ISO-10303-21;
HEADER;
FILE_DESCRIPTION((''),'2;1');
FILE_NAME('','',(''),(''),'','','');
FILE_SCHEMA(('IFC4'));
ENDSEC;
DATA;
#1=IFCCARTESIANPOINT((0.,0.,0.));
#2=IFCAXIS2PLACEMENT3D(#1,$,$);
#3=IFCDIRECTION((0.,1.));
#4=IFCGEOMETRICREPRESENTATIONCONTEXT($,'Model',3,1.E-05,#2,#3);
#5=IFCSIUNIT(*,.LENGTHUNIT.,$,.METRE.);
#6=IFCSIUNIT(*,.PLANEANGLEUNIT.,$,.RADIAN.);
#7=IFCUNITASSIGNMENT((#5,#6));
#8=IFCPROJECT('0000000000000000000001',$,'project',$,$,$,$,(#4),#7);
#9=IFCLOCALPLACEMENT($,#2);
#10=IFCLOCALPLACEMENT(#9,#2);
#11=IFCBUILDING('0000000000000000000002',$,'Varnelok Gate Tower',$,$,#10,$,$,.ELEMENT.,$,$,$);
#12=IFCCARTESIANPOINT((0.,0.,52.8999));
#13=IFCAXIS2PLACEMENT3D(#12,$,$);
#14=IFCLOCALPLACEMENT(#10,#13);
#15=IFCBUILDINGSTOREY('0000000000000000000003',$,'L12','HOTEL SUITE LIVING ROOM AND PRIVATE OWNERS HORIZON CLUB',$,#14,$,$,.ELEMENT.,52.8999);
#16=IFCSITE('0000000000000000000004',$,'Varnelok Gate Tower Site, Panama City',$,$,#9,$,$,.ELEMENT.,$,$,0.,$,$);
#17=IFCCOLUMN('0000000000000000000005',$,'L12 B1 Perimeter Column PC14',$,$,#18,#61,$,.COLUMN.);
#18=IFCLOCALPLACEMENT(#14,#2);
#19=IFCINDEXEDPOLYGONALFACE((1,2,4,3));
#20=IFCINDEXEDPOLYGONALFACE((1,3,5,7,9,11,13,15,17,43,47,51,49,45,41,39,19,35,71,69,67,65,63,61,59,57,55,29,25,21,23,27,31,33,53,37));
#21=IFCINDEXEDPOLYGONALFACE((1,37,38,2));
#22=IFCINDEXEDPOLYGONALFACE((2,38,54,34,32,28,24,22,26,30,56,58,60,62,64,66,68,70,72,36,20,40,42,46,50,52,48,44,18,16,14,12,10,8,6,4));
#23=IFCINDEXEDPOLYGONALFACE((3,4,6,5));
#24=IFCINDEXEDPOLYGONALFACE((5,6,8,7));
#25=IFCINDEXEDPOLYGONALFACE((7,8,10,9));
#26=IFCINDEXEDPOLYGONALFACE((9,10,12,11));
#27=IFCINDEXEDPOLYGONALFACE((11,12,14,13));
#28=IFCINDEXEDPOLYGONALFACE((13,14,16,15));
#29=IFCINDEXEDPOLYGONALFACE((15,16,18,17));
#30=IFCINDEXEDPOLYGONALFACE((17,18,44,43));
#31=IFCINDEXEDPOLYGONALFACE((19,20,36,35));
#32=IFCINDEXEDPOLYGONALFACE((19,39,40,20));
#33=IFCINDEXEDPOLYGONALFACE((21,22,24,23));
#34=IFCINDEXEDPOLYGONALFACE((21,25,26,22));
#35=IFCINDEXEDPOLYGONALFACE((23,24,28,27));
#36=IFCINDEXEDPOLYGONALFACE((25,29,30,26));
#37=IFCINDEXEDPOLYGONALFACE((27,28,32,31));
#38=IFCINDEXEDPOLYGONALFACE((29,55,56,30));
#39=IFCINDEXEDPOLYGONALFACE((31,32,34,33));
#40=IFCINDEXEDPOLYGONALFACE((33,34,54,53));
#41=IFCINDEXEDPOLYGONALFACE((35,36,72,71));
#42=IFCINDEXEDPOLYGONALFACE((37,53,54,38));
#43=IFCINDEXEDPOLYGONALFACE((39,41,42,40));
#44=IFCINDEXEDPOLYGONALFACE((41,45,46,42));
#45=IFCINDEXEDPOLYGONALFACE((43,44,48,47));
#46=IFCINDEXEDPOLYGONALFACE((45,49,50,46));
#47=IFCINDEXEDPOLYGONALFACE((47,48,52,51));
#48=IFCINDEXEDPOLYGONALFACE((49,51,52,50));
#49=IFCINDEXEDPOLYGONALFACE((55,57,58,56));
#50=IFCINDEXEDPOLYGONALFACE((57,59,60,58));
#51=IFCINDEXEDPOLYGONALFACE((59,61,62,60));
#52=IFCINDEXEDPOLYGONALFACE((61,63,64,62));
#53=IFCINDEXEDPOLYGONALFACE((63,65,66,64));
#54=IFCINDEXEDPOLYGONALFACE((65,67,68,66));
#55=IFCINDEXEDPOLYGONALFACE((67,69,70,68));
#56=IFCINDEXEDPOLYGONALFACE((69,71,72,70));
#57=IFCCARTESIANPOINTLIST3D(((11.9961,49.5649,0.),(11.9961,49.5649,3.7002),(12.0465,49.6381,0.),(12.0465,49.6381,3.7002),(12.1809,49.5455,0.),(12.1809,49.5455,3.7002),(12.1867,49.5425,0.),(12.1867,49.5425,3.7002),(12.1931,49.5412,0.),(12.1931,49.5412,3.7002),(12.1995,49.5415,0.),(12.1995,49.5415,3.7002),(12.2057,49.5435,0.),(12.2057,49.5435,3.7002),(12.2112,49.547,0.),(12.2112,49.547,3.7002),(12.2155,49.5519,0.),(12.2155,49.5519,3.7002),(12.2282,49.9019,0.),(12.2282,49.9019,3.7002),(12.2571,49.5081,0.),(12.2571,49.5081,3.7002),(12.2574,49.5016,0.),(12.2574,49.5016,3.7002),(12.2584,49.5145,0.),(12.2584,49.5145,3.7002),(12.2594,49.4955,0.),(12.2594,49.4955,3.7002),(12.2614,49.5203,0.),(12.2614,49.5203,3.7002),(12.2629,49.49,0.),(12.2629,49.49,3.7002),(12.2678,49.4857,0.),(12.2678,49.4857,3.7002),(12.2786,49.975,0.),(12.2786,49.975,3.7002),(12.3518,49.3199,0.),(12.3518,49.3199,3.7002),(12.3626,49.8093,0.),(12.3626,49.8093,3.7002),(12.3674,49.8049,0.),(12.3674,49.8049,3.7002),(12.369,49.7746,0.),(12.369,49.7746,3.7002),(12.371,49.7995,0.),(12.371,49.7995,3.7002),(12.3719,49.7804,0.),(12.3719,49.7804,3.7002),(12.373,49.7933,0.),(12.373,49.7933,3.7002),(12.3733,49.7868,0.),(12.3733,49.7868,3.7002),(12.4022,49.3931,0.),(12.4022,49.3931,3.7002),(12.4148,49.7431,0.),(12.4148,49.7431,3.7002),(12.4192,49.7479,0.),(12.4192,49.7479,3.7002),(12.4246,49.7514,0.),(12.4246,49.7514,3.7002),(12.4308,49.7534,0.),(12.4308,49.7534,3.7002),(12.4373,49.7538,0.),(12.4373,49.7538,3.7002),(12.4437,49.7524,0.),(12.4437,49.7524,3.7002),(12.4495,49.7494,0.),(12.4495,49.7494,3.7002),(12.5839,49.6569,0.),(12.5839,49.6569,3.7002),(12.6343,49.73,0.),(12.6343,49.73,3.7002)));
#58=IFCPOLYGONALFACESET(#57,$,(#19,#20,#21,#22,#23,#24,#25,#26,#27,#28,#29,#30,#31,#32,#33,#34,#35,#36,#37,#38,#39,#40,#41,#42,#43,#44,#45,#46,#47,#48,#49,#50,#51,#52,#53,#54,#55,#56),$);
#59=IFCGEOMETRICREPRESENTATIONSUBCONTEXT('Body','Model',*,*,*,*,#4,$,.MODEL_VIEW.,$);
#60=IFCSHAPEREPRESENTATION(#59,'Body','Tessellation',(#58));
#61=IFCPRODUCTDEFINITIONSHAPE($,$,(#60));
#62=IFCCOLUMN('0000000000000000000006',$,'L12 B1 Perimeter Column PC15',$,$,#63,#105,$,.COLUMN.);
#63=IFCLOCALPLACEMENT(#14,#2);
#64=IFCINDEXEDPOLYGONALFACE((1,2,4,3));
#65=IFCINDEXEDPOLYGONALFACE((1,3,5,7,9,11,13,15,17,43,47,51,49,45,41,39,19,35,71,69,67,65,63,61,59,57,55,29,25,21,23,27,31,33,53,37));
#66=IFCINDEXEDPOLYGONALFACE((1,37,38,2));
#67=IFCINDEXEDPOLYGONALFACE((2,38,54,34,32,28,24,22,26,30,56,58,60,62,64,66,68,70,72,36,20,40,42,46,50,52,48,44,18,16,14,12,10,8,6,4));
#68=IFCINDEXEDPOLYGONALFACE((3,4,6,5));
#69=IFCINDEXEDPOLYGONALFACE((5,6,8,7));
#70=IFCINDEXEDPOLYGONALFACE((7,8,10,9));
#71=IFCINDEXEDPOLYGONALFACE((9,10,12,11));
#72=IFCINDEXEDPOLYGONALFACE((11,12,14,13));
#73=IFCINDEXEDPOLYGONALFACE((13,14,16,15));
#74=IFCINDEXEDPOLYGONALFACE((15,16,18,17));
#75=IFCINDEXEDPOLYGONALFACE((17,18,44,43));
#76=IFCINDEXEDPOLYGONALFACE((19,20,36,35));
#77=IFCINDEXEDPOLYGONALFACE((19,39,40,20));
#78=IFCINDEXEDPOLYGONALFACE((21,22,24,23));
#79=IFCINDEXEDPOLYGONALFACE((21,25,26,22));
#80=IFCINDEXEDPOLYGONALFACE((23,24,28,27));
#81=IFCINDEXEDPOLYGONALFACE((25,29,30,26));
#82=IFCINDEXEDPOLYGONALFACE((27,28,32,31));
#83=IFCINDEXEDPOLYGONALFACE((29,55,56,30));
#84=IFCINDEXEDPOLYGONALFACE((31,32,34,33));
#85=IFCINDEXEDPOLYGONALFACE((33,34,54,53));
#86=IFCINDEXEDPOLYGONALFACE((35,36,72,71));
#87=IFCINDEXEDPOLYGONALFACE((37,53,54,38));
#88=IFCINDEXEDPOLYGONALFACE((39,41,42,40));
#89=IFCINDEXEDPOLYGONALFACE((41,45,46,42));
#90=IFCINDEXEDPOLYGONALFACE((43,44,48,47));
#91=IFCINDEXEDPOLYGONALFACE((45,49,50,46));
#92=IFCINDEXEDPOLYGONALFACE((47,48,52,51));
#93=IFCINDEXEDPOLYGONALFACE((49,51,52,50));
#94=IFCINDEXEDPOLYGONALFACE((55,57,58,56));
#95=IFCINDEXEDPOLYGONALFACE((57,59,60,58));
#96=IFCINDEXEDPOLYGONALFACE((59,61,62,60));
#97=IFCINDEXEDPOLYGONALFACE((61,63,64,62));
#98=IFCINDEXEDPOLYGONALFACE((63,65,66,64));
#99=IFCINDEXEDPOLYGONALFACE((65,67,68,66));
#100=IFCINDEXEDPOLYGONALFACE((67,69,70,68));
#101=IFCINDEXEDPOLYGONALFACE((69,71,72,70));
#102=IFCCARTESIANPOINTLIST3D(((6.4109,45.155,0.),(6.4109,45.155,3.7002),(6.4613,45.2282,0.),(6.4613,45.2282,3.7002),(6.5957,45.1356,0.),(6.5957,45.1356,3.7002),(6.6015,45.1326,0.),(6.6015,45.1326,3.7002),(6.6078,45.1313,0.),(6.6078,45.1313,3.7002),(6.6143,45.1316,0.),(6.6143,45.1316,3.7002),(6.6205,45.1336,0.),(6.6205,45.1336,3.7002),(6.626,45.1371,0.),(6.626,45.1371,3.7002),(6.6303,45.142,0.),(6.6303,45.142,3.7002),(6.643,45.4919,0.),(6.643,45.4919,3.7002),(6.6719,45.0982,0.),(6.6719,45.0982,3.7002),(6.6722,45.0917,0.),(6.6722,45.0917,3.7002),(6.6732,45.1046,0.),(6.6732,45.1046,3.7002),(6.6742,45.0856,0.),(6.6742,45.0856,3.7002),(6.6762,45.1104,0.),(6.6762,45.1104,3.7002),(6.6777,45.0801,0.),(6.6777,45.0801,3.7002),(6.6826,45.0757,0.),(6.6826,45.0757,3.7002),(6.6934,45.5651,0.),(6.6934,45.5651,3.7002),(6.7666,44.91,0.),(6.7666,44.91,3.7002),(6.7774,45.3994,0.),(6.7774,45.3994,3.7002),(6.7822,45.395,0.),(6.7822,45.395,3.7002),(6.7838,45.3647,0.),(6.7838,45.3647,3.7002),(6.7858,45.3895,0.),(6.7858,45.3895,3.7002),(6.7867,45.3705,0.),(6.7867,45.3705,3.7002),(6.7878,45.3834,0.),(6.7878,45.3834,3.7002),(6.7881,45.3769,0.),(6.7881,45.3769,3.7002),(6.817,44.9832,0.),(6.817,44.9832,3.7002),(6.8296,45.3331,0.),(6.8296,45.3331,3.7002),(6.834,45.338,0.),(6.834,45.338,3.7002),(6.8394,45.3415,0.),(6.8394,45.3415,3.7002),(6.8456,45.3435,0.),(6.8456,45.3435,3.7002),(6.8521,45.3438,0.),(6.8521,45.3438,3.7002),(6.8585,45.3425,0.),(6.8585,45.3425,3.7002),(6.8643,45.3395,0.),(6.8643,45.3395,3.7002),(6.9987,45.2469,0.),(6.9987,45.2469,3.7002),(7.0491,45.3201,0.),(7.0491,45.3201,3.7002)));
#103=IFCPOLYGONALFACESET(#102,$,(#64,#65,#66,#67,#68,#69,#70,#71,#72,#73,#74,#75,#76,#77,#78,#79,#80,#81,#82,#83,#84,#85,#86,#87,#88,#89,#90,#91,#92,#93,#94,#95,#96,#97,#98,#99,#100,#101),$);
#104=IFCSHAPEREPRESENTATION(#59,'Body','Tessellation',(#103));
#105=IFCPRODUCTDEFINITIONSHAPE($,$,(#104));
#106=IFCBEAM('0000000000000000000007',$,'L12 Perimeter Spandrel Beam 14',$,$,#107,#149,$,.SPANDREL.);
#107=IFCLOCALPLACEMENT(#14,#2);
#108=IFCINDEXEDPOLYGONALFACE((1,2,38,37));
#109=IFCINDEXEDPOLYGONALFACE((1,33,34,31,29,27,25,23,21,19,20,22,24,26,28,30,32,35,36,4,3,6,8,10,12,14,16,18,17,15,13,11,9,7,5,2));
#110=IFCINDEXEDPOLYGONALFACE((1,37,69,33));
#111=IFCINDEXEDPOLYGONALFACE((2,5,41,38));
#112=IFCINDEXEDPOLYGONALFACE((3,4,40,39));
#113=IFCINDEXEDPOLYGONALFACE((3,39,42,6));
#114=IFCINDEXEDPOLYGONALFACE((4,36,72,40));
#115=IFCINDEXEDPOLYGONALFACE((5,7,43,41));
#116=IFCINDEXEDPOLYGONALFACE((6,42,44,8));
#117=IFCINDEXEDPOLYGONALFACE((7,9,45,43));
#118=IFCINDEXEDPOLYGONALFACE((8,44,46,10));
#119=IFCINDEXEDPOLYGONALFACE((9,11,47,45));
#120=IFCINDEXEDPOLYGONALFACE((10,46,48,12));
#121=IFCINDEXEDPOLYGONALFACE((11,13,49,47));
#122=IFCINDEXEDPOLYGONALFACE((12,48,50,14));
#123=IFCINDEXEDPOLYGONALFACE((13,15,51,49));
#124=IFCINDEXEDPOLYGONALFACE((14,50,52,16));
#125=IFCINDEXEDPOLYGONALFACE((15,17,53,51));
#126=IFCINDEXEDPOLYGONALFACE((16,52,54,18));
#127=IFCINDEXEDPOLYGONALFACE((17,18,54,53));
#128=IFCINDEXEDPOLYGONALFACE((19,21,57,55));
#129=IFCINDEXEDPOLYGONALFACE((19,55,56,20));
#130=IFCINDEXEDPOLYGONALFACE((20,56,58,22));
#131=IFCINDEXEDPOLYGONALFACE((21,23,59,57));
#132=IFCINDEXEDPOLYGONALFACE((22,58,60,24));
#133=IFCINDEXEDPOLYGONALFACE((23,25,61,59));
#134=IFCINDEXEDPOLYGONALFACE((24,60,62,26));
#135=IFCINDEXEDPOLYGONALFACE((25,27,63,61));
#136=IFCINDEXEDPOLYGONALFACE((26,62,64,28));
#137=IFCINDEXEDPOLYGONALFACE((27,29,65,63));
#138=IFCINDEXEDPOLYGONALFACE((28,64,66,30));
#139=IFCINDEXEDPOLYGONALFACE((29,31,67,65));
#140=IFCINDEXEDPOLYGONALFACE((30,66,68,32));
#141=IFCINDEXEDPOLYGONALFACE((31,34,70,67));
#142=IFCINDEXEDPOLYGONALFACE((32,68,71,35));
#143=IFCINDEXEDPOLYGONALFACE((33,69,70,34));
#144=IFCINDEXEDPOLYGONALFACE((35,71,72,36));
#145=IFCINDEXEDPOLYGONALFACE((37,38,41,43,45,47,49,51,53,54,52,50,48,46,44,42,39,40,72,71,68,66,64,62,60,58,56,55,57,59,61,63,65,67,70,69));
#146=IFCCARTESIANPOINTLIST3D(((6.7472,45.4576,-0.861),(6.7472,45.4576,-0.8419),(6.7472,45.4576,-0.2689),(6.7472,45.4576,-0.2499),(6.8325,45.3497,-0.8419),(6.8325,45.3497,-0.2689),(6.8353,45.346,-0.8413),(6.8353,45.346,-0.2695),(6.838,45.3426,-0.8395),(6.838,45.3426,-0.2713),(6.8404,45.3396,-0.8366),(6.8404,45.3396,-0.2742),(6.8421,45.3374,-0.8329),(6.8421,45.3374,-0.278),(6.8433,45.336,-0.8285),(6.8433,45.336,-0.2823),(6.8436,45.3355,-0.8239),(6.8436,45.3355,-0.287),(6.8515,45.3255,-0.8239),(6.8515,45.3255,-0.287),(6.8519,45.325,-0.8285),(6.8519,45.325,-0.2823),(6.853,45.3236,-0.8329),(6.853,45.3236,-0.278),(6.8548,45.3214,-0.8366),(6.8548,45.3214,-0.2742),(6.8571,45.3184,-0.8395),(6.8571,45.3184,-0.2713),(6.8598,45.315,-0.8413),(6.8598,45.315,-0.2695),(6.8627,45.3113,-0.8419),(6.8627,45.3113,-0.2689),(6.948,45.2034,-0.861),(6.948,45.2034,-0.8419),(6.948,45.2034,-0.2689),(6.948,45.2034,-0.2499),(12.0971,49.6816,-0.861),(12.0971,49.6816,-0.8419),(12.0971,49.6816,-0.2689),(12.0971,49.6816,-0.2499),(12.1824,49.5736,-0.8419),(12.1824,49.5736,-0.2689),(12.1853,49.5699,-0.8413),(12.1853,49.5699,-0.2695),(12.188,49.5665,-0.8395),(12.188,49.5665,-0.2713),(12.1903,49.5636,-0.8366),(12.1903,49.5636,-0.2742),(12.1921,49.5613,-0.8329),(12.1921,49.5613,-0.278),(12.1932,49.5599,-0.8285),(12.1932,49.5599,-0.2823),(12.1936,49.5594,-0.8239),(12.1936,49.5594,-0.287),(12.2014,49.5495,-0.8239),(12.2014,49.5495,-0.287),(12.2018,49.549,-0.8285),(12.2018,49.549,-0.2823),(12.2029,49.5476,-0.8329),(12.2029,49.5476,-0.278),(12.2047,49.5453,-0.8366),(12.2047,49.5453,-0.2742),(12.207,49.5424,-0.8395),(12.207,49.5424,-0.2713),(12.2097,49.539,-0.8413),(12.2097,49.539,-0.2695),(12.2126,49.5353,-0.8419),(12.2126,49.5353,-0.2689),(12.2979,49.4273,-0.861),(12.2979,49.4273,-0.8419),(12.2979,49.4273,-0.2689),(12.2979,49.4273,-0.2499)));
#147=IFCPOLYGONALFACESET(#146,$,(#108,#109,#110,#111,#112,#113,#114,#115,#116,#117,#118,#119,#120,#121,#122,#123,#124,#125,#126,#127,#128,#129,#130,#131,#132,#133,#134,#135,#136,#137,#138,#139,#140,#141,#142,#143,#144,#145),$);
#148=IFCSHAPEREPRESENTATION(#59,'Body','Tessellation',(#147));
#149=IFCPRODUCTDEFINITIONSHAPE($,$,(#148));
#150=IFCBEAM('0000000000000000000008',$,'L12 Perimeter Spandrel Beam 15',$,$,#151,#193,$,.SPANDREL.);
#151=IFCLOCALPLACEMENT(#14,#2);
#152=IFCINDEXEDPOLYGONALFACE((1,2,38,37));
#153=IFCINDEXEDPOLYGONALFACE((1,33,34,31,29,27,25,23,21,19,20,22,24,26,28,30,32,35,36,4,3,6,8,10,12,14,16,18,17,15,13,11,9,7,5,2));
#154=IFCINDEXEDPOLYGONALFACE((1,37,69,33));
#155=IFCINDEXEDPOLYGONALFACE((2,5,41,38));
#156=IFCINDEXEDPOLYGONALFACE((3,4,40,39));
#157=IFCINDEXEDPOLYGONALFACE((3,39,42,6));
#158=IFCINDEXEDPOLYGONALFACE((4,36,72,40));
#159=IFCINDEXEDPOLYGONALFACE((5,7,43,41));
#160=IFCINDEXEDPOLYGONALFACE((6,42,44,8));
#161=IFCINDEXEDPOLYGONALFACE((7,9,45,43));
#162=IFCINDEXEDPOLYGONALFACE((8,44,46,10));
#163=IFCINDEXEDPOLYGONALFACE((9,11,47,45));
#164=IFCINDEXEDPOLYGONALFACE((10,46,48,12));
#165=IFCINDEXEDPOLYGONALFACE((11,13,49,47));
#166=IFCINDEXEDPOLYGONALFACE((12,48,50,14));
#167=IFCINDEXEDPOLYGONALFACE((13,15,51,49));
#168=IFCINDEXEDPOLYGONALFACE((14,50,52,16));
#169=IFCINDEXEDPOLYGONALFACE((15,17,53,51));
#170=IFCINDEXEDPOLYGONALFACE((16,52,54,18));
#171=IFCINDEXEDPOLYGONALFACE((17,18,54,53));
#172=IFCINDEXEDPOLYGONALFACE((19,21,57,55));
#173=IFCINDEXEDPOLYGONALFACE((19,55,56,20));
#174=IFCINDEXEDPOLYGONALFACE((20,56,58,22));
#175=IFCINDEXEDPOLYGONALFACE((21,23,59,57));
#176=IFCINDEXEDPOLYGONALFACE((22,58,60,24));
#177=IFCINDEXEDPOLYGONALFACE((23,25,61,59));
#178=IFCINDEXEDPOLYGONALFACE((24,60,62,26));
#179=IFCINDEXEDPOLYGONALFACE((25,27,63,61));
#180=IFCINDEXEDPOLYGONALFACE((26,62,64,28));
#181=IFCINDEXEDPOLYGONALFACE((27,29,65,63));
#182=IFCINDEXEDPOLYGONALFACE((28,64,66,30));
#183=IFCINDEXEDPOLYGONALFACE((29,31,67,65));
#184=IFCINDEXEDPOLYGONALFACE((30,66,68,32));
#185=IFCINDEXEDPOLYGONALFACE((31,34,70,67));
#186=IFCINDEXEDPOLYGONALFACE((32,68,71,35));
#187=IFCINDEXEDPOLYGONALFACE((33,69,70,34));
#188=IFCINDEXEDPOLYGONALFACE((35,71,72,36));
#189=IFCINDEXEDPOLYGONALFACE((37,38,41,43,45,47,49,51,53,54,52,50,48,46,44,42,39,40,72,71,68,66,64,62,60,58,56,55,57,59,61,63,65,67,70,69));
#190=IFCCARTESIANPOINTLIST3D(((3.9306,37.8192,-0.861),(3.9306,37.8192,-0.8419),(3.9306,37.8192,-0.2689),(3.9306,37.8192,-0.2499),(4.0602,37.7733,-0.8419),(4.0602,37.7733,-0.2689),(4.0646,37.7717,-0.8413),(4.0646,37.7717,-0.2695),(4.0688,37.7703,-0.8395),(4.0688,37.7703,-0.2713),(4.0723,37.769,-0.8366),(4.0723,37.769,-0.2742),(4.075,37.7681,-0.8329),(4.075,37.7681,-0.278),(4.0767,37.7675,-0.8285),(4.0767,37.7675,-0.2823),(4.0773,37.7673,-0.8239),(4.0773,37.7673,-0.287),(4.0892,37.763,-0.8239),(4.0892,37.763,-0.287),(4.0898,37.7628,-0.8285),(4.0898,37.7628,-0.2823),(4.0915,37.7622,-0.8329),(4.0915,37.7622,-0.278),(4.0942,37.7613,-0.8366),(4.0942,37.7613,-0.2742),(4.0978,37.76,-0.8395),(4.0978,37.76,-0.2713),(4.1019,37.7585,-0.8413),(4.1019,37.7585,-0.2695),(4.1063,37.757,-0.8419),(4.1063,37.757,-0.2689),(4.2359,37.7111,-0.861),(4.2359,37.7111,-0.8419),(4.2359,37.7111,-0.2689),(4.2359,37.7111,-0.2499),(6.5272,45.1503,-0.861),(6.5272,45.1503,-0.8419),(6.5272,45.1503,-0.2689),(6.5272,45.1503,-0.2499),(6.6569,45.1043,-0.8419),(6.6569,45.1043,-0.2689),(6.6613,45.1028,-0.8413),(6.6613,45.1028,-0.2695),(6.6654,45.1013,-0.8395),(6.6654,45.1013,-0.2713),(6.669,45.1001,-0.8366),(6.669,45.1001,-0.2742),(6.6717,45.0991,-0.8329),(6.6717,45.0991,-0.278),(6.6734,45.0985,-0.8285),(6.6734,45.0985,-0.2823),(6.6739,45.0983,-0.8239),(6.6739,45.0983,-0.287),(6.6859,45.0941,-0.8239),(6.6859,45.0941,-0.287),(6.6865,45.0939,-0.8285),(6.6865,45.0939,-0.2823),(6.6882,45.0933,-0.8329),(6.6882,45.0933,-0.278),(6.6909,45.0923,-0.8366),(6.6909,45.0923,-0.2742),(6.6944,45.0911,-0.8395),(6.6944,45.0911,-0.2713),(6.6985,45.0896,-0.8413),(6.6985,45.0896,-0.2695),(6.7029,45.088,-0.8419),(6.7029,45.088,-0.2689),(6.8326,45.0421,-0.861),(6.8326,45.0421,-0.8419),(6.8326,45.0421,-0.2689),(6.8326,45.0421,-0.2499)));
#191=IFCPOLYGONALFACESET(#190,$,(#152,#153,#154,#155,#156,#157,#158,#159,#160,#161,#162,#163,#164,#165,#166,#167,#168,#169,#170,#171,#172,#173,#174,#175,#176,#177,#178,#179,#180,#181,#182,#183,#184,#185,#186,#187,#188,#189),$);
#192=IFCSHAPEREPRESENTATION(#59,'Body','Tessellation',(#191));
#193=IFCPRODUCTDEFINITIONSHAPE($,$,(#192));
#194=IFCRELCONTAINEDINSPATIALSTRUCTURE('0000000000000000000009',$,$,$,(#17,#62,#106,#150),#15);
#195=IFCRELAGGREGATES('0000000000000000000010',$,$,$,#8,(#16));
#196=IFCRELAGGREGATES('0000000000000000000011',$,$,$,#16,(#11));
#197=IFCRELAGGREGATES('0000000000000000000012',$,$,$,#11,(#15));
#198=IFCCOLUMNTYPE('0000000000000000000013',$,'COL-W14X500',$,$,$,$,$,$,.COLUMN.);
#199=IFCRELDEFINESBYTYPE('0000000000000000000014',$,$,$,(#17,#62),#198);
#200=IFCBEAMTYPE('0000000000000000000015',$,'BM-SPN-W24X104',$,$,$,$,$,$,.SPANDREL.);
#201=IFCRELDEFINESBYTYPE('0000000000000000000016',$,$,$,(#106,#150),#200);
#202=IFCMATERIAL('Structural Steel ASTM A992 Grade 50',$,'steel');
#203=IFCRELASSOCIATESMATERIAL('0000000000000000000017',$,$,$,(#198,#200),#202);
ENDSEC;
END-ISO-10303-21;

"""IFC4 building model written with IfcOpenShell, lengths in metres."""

from ifc_helpers import new_model, si_unit, direction, frame, origin, origin_2d, place, context, subcontext, project, spatial, i_section, extrude, material, material_profile, profile_set, type_object, element, save


model = new_model("IFC4")

# Units and contexts
model_context = context("Model", 3, precision=1e-05, world=origin(), true_north=direction((0.0, 1.0)))
body_context = subcontext(model_context, "Body", "Model", "MODEL_VIEW")
ifc_project = project(units=[si_unit("LENGTHUNIT", "METRE"), si_unit("PLANEANGLEUNIT", "RADIAN")], contexts=[model_context])

# Site, building, storey
site_placement = place(None, origin())
site = spatial("IfcSite", under=ifc_project, at=site_placement, Name="Varnelok Gate Tower Site, Panama City", CompositionType="ELEMENT", RefElevation=0.0)
building_placement = place(site_placement, origin())
building = spatial("IfcBuilding", under=site, at=building_placement, Name="Varnelok Gate Tower", CompositionType="ELEMENT")
storey_placement = place(building_placement, frame((0.0, 0.0, 52.8999)))
storey = spatial("IfcBuildingStorey", under=building, at=storey_placement, Name="L12", Description="HOTEL SUITE LIVING ROOM AND PRIVATE OWNERS HORIZON CLUB", CompositionType="ELEMENT", Elevation=52.8999)

# Columns
ifc_material_1 = material(Name="Structural Steel ASTM A992 Grade 50", Category="steel")
ifc_material_profile_1 = material_profile(ifc_material_1, i_section(OverallWidth=0.4319, OverallDepth=0.498, WebThickness=0.0557, FlangeThickness=0.0889, FilletRadius=0.0249, at=origin_2d()), Name="W14X500")
ifc_profile_set_1 = profile_set([ifc_material_profile_1], Name="Structural Steel ASTM A992 Grade 50")
column_type = type_object("IfcColumnType", Name="COL-W14X500", PredefinedType="COLUMN", material=ifc_profile_set_1)
for number, where, z_axis, x_axis, name in (
    (1, (12.3152, 49.6475, 0.0), (0.0, 0.0, 1.0), (0.823533, -0.567269, 0.0), "L12 B1 Perimeter Column PC14"),
    (2, (6.73, 45.2375, 0.0), (0.0, 0.0, 1.0), (0.823533, -0.567269, 0.0), "L12 B1 Perimeter Column PC15"),
):
    element("IfcColumn", number, at=place(storey_placement, frame(where, z_axis=z_axis, x_axis=x_axis)), inside=storey, type_object=column_type, Name=name, PredefinedType="COLUMN", context=body_context, shape_type="SweptSolid", body=[
        extrude(i_section(OverallWidth=0.4319, OverallDepth=0.498, WebThickness=0.0557, FlangeThickness=0.0889, FilletRadius=0.0249, at=origin_2d()), origin(), (0.0, 0.0, 1.0), 3.7002),
    ])

# Beams
ifc_material_profile_2 = material_profile(ifc_material_1, i_section(OverallWidth=0.324, OverallDepth=0.6111, WebThickness=0.0127, FlangeThickness=0.019, FilletRadius=0.0181, at=origin_2d()), Name="W24X104")
ifc_profile_set_2 = profile_set([ifc_material_profile_2], Name="Structural Steel ASTM A992 Grade 50")
beam_type = type_object("IfcBeamType", Name="BM-SPN-W24X104", PredefinedType="SPANDREL", material=ifc_profile_set_2)
beam_1_placement = place(storey_placement, frame((12.1975, 49.5544, -0.5554), z_axis=(-0.784861, -0.619672, 0.0), x_axis=(0.619672, -0.784861, 0.0)))
element("IfcBeam", 3, at=beam_1_placement, inside=storey, type_object=beam_type, Name="L12 Perimeter Spandrel Beam 14", PredefinedType="SPANDREL", context=body_context, shape_type="SweptSolid", body=[
    extrude(i_section(OverallWidth=0.324, OverallDepth=0.6111, WebThickness=0.0127, FlangeThickness=0.019, FilletRadius=0.0181, at=origin_2d()), origin(), (0.0, 0.0, 1.0), 6.8164),
])
beam_2_placement = place(storey_placement, frame((6.6799, 45.0962, -0.5554), z_axis=(-0.333877, -0.942617, 0.0), x_axis=(0.942617, -0.333877, 0.0)))
element("IfcBeam", 4, at=beam_2_placement, inside=storey, type_object=beam_type, Name="L12 Perimeter Spandrel Beam 15", PredefinedType="SPANDREL", context=body_context, shape_type="SweptSolid", body=[
    extrude(i_section(OverallWidth=0.324, OverallDepth=0.6111, WebThickness=0.0127, FlangeThickness=0.019, FilletRadius=0.0181, at=origin_2d()), origin(), (0.0, 0.0, 1.0), 7.7773),
])

save(model, "model.ifc")
